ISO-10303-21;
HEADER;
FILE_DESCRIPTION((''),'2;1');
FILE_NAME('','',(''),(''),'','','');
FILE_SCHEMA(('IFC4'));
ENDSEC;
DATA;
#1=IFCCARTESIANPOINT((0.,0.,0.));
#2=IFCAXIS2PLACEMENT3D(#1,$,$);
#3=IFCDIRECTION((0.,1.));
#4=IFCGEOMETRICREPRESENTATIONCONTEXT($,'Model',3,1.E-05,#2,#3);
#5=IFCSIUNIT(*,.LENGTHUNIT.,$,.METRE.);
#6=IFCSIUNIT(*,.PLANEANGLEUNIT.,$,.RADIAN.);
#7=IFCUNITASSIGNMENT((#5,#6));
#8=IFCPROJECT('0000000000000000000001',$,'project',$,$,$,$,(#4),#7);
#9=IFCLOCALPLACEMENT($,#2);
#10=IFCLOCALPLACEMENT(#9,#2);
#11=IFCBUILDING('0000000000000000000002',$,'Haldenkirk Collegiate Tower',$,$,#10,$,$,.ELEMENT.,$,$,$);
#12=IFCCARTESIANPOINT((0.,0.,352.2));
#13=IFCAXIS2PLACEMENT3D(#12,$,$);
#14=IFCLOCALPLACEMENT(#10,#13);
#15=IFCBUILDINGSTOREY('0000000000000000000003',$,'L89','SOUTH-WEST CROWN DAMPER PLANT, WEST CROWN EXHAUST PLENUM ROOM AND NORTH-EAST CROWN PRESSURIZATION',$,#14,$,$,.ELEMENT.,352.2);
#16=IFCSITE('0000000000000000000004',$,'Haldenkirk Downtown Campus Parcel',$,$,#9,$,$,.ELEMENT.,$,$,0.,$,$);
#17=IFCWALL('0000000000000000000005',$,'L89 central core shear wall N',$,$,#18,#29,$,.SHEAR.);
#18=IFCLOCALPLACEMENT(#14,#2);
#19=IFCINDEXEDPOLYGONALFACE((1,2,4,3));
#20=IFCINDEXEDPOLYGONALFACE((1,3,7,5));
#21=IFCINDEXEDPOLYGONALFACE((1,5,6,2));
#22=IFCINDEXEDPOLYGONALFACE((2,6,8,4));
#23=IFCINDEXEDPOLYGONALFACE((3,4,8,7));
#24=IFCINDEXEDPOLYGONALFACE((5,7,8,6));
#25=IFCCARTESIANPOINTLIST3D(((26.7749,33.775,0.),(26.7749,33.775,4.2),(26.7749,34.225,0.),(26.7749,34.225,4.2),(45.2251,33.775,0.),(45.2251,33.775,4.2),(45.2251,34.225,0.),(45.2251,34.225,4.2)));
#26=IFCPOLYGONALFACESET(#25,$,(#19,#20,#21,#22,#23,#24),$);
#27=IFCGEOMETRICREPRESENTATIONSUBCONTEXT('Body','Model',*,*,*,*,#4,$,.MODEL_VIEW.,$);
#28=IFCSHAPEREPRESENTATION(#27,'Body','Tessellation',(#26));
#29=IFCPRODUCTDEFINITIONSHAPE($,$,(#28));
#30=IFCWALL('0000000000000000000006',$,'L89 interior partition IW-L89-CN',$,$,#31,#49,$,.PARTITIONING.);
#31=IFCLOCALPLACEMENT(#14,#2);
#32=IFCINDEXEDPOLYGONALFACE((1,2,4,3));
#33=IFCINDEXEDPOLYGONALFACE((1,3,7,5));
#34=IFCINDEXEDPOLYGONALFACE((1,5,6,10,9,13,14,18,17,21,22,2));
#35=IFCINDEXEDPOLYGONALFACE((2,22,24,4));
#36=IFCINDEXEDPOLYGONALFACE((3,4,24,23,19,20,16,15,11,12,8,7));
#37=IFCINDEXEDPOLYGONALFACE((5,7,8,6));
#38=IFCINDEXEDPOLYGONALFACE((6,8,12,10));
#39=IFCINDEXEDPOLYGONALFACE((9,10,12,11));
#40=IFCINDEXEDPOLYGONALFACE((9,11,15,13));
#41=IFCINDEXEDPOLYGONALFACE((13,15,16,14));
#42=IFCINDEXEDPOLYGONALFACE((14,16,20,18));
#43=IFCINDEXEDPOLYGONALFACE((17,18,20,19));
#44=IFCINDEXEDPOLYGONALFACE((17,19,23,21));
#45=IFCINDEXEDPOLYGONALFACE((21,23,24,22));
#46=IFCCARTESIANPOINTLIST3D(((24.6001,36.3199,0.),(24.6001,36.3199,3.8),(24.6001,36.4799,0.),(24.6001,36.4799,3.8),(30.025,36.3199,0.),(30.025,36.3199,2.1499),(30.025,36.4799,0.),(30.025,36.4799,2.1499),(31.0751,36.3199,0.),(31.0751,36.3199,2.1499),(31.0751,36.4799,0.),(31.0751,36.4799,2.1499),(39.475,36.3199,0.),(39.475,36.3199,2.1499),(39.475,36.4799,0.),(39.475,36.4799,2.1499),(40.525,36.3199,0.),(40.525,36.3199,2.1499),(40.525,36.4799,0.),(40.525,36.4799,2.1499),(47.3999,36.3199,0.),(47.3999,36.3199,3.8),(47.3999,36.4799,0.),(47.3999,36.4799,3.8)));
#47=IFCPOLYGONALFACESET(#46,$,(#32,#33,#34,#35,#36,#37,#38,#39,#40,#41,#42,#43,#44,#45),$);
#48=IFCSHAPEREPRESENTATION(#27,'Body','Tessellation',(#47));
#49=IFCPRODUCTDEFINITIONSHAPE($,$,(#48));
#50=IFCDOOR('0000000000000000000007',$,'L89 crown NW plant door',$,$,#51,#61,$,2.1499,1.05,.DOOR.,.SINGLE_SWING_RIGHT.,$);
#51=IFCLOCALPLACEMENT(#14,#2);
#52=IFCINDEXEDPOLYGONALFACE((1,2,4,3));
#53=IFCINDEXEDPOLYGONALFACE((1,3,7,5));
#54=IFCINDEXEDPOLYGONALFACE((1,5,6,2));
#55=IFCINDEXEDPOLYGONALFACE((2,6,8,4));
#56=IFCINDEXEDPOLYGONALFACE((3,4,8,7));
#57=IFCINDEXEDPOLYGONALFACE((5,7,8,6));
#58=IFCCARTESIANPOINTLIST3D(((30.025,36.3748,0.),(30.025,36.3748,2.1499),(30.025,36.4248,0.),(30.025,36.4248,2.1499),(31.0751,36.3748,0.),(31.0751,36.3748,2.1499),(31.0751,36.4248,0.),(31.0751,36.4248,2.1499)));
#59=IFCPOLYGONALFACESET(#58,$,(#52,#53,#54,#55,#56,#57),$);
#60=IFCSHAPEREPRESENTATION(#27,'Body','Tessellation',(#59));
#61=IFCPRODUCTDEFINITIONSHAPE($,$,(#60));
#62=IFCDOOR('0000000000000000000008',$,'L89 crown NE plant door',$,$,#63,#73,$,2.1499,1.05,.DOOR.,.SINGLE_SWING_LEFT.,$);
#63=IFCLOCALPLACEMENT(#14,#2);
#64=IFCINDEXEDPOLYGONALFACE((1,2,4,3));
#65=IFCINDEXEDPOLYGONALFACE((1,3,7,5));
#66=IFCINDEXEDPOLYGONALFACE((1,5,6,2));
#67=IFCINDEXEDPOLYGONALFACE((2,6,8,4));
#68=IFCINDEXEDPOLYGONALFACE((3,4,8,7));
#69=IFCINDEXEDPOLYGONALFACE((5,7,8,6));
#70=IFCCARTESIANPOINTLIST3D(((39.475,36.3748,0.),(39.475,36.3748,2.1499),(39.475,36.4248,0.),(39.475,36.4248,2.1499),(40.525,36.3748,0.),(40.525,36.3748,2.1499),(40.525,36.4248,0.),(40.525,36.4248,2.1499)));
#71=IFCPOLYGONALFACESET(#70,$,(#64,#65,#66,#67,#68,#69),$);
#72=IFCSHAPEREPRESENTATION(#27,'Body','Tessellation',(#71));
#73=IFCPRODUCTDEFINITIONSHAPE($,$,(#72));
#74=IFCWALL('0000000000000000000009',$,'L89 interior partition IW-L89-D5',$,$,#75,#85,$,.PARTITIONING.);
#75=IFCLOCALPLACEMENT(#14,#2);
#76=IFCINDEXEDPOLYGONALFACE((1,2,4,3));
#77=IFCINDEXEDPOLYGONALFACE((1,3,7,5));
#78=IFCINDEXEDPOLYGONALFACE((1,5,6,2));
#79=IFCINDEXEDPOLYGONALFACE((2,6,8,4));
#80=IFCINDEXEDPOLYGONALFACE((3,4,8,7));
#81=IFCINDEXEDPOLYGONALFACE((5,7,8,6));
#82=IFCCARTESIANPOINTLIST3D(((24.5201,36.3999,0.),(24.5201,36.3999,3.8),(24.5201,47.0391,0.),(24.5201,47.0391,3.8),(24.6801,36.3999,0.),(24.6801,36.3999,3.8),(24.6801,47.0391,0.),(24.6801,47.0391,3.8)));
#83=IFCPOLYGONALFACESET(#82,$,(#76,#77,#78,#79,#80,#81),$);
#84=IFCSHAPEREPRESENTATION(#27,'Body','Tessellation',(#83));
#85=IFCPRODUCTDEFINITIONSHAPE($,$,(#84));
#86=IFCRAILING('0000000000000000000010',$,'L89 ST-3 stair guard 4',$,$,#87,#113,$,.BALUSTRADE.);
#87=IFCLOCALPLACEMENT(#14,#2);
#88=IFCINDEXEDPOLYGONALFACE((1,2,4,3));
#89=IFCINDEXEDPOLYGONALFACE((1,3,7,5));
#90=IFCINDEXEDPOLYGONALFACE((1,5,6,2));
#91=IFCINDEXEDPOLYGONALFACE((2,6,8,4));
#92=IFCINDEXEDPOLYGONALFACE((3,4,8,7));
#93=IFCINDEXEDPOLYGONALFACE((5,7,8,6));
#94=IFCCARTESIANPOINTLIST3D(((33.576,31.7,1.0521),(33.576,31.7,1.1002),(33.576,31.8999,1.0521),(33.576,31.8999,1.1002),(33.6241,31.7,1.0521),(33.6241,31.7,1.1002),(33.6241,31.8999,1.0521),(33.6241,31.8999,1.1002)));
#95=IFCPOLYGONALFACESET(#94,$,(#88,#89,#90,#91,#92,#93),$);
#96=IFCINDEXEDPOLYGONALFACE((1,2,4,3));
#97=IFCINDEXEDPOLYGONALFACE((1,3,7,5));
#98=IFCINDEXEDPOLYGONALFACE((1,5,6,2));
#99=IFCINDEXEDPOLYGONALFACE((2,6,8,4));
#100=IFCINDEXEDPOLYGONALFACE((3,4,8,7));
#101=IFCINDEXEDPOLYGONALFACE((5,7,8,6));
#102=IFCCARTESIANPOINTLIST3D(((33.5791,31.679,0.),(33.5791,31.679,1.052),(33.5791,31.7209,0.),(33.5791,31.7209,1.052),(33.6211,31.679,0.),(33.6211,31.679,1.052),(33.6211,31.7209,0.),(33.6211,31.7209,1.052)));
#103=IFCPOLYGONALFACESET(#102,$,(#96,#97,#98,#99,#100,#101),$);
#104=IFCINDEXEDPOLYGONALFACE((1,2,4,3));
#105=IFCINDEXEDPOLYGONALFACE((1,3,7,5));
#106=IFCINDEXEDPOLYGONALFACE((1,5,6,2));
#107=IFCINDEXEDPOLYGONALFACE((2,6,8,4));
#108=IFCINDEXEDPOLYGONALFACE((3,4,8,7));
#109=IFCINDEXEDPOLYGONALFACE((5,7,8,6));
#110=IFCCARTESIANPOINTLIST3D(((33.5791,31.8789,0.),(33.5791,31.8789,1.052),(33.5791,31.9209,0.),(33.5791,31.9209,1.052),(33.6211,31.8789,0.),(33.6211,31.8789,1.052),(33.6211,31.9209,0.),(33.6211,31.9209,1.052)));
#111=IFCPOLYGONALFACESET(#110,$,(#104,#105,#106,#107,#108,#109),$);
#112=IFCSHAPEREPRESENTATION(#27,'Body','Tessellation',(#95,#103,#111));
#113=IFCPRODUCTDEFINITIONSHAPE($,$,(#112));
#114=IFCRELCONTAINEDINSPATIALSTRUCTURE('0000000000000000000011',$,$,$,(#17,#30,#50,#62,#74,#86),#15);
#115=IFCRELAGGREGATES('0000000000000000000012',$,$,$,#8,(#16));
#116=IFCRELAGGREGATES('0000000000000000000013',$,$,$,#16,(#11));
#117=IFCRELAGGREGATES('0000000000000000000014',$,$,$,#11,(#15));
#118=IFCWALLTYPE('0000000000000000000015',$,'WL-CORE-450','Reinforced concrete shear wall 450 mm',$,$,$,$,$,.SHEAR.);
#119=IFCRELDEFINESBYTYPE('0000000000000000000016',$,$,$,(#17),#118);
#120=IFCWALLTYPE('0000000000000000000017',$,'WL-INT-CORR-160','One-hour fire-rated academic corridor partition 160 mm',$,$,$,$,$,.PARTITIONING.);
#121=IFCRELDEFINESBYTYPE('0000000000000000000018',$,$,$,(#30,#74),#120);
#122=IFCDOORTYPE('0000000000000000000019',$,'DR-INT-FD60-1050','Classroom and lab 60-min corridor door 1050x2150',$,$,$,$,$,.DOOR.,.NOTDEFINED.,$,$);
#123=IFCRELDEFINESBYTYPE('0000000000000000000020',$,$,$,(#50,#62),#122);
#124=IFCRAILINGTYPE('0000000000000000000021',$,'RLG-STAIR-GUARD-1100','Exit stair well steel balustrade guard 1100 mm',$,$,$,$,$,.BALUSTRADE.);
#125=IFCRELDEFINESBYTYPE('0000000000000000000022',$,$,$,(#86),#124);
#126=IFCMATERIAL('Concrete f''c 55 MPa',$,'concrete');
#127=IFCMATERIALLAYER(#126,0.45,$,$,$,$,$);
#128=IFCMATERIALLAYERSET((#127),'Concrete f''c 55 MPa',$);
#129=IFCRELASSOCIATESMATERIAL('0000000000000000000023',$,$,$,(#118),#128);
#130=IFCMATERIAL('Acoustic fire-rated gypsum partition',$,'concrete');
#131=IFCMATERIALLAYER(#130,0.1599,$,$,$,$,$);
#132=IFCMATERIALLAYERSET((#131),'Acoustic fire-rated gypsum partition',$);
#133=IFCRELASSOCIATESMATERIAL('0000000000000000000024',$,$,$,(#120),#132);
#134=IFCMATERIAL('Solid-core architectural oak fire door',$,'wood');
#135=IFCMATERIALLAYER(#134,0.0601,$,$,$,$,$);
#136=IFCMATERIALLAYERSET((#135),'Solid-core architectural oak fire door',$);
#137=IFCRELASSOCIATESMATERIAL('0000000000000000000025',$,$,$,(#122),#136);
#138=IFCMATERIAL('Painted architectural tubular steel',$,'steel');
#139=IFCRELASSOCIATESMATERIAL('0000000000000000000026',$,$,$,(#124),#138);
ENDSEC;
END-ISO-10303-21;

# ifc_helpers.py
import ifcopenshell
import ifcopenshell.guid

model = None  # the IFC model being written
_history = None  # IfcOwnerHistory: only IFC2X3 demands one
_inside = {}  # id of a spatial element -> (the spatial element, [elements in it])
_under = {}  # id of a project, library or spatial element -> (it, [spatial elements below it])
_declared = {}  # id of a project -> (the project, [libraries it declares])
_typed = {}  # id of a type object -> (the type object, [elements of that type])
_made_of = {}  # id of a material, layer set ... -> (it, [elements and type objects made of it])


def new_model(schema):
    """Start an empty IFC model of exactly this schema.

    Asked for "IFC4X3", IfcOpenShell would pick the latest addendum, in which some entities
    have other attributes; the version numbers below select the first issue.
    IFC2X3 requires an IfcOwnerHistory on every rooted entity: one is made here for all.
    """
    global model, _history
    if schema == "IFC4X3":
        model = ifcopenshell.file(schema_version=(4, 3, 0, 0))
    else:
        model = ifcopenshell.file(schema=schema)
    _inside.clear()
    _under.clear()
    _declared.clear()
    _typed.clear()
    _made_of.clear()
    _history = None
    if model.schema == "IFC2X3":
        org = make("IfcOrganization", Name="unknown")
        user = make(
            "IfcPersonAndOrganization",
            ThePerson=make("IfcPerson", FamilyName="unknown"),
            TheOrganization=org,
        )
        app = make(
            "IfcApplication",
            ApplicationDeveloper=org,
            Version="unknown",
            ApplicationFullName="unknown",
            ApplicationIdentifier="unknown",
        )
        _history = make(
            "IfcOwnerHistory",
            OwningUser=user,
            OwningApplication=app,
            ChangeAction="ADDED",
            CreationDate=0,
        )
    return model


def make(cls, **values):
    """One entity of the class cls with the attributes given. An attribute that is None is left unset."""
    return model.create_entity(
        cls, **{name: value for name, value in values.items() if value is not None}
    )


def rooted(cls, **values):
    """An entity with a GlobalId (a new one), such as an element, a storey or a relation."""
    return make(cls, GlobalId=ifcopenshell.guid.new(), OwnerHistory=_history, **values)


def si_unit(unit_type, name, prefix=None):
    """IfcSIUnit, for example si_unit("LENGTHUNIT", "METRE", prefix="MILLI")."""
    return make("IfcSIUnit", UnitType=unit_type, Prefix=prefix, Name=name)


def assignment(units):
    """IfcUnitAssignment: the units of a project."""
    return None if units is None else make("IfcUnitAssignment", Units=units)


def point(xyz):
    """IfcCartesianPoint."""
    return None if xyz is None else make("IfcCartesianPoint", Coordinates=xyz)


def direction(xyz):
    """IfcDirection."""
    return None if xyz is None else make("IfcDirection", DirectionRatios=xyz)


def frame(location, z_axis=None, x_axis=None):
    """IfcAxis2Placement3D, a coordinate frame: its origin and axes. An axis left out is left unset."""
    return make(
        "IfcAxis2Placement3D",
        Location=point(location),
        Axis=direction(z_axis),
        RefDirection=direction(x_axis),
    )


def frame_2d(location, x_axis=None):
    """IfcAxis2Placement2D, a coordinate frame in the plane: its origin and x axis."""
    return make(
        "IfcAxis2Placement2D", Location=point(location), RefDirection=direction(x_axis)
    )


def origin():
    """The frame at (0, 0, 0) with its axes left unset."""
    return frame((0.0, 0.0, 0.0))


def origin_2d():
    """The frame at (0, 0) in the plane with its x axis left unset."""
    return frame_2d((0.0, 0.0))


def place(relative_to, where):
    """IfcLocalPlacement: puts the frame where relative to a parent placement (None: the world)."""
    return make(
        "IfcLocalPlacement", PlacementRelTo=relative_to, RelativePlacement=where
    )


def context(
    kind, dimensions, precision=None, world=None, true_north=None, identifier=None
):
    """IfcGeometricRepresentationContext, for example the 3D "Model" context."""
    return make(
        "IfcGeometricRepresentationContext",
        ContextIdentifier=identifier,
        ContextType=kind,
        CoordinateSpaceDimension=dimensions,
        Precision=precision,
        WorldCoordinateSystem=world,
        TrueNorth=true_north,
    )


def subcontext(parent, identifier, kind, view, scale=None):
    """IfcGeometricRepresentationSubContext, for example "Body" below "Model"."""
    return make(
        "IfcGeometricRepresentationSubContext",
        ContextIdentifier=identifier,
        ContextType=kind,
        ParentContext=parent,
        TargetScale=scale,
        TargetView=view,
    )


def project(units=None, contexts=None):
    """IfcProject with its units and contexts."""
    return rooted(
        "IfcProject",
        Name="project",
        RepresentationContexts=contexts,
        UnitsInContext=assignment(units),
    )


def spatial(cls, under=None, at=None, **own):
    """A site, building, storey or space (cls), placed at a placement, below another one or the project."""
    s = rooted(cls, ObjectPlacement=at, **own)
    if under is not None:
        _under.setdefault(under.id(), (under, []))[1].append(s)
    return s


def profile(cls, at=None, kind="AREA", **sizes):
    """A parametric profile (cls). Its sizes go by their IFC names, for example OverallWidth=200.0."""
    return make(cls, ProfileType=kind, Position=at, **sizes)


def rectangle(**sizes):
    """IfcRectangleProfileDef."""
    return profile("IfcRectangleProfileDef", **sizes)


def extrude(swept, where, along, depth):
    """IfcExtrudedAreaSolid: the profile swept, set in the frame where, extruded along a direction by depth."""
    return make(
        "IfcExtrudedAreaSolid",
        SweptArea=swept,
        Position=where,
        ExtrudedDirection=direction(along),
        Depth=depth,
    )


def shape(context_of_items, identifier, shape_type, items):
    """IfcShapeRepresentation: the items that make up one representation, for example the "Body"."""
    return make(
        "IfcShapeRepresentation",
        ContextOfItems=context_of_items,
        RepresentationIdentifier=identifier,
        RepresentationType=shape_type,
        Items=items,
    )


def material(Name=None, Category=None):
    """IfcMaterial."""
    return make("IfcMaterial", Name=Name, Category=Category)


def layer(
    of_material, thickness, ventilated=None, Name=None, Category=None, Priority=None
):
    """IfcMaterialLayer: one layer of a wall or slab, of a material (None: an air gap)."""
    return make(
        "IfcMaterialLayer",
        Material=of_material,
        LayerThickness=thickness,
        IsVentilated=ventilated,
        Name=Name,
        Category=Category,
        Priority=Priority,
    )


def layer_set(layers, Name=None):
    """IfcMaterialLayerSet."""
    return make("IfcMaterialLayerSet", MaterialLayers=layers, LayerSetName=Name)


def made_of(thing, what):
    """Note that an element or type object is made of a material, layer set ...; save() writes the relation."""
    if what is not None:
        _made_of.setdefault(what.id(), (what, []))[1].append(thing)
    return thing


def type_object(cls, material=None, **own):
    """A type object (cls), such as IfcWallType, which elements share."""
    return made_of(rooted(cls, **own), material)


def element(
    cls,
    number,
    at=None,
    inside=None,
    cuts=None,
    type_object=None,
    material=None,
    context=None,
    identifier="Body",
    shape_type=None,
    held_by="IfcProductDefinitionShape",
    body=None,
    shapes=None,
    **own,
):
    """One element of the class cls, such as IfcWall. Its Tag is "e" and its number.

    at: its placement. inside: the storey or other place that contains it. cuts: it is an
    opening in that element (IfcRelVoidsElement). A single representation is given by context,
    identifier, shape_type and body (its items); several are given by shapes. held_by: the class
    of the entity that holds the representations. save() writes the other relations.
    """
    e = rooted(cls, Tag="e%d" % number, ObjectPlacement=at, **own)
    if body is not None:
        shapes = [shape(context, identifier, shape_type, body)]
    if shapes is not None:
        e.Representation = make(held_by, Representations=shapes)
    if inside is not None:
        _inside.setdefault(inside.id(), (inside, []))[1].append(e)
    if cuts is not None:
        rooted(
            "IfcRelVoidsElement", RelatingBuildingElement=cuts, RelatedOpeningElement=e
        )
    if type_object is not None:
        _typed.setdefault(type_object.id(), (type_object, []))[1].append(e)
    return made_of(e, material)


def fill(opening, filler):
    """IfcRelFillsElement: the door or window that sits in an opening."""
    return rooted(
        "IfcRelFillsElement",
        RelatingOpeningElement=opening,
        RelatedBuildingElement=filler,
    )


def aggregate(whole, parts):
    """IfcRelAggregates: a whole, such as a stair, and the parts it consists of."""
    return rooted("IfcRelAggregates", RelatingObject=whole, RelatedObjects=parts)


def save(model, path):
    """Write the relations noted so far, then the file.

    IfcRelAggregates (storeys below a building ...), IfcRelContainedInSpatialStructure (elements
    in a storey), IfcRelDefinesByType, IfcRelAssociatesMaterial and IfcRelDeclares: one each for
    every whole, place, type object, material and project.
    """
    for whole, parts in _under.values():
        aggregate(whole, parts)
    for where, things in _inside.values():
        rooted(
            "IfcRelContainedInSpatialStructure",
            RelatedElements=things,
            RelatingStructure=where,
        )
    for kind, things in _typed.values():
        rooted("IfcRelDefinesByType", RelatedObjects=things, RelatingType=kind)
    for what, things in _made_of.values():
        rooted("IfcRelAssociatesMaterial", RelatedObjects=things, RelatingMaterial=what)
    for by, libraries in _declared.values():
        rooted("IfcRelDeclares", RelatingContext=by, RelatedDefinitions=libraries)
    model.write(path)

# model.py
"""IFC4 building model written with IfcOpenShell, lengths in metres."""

from ifc_helpers import new_model, si_unit, direction, frame, frame_2d, origin, origin_2d, place, context, subcontext, project, spatial, rectangle, extrude, material, layer, layer_set, type_object, element, fill, save


model = new_model("IFC4")

# Units and contexts
model_context = context("Model", 3, precision=1e-05, world=origin(), true_north=direction((0.0, 1.0)))
body_context = subcontext(model_context, "Body", "Model", "MODEL_VIEW")
ifc_project = project(units=[si_unit("LENGTHUNIT", "METRE"), si_unit("PLANEANGLEUNIT", "RADIAN")], contexts=[model_context])

# Site, building, storey
site_placement = place(None, origin())
site = spatial("IfcSite", under=ifc_project, at=site_placement, Name="Haldenkirk Downtown Campus Parcel", CompositionType="ELEMENT", RefElevation=0.0)
building_placement = place(site_placement, origin())
building = spatial("IfcBuilding", under=site, at=building_placement, Name="Haldenkirk Collegiate Tower", CompositionType="ELEMENT")
storey_placement = place(building_placement, frame((0.0, 0.0, 352.2)))
storey = spatial("IfcBuildingStorey", under=building, at=storey_placement, Name="L89", Description="SOUTH-WEST CROWN DAMPER PLANT, WEST CROWN EXHAUST PLENUM ROOM AND NORTH-EAST CROWN PRESSURIZATION", CompositionType="ELEMENT", Elevation=352.2)

# Wall
ifc_material_1 = material(Name="Concrete f'c 55 MPa", Category="concrete")
ifc_layer_1 = layer(ifc_material_1, 0.45)
ifc_layer_set_1 = layer_set([ifc_layer_1], Name="Concrete f'c 55 MPa")
wall_type_1 = type_object("IfcWallType", Name="WL-CORE-450", Description="Reinforced concrete shear wall 450 mm", PredefinedType="SHEAR", material=ifc_layer_set_1)
wall_1_placement = place(storey_placement, frame((26.7749, 34.0, 0.0), z_axis=(0.0, 0.0, 1.0), x_axis=(1.0, 0.0, 0.0)))
element("IfcWall", 1, at=wall_1_placement, inside=storey, type_object=wall_type_1, Name="L89 central core shear wall N", PredefinedType="SHEAR", context=body_context, shape_type="SweptSolid", body=[
    extrude(rectangle(XDim=18.4502, YDim=0.45, at=frame_2d((9.2251, 0.0))), origin(), (0.0, 0.0, 1.0), 4.2),
])

# Wall, openings, doors
ifc_material_2 = material(Name="Acoustic fire-rated gypsum partition", Category="concrete")
ifc_layer_2 = layer(ifc_material_2, 0.1599)
ifc_layer_set_2 = layer_set([ifc_layer_2], Name="Acoustic fire-rated gypsum partition")
wall_type_2 = type_object("IfcWallType", Name="WL-INT-CORR-160", Description="One-hour fire-rated academic corridor partition 160 mm", PredefinedType="PARTITIONING", material=ifc_layer_set_2)
wall_2_placement = place(storey_placement, frame((24.6001, 36.3999, 0.0), z_axis=(0.0, 0.0, 1.0), x_axis=(1.0, 0.0, 0.0)))
wall_2 = element("IfcWall", 2, at=wall_2_placement, inside=storey, type_object=wall_type_2, Name="L89 interior partition IW-L89-CN", PredefinedType="PARTITIONING", context=body_context, shape_type="SweptSolid", body=[
    extrude(rectangle(XDim=22.7998, YDim=0.1599, at=frame_2d((11.3999, 0.0))), origin(), (0.0, 0.0, 1.0), 3.8),
])
opening_1_placement = place(wall_2_placement, frame((5.425, 0.0, 0.0)))
opening_1 = element("IfcOpeningElement", 3, at=opening_1_placement, cuts=wall_2, PredefinedType="OPENING", context=body_context, shape_type="SweptSolid", body=[
    extrude(rectangle(XDim=1.05, YDim=2.1499, at=frame_2d((0.5249, 1.075))), frame((0.0, 0.0898, 0.0), z_axis=(0.0, -1.0, 0.0), x_axis=(1.0, 0.0, 0.0)), (0.0, 0.0, 1.0), 0.1799),
])
opening_2_placement = place(wall_2_placement, frame((14.875, 0.0, 0.0)))
opening_2 = element("IfcOpeningElement", 4, at=opening_2_placement, cuts=wall_2, PredefinedType="OPENING", context=body_context, shape_type="SweptSolid", body=[
    extrude(rectangle(XDim=1.05, YDim=2.1499, at=frame_2d((0.5249, 1.075))), frame((0.0, 0.0898, 0.0), z_axis=(0.0, -1.0, 0.0), x_axis=(1.0, 0.0, 0.0)), (0.0, 0.0, 1.0), 0.1799),
])
ifc_material_3 = material(Name="Solid-core architectural oak fire door", Category="wood")
ifc_layer_3 = layer(ifc_material_3, 0.0601)
ifc_layer_set_3 = layer_set([ifc_layer_3], Name="Solid-core architectural oak fire door")
door_type = type_object("IfcDoorType", Name="DR-INT-FD60-1050", Description="Classroom and lab 60-min corridor door 1050x2150", OperationType="NOTDEFINED", PredefinedType="DOOR", material=ifc_layer_set_3)
door_1_placement = place(opening_1_placement, origin())
door_1 = element("IfcDoor", 5, at=door_1_placement, inside=storey, type_object=door_type, Name="L89 crown NW plant door", OperationType="SINGLE_SWING_RIGHT", OverallHeight=2.1499, OverallWidth=1.05, PredefinedType="DOOR", context=body_context, shape_type="SweptSolid", body=[
    extrude(rectangle(XDim=1.05, YDim=2.1499, at=frame_2d((0.5249, 1.075))), frame((0.0, 0.0249, 0.0), z_axis=(0.0, -1.0, 0.0), x_axis=(1.0, 0.0, 0.0)), (0.0, 0.0, 1.0), 0.05),
])
fill(opening_1, door_1)
door_2_placement = place(opening_2_placement, origin())
door_2 = element("IfcDoor", 6, at=door_2_placement, inside=storey, type_object=door_type, Name="L89 crown NE plant door", OperationType="SINGLE_SWING_LEFT", OverallHeight=2.1499, OverallWidth=1.05, PredefinedType="DOOR", context=body_context, shape_type="SweptSolid", body=[
    extrude(rectangle(XDim=1.05, YDim=2.1499, at=frame_2d((0.5249, 1.075))), frame((0.0, 0.0249, 0.0), z_axis=(0.0, -1.0, 0.0), x_axis=(1.0, 0.0, 0.0)), (0.0, 0.0, 1.0), 0.05),
])
fill(opening_2, door_2)

# Wall
wall_3_placement = place(storey_placement, frame((24.6001, 36.3999, 0.0), z_axis=(0.0, 0.0, 1.0), x_axis=(0.0, 1.0, 0.0)))
element("IfcWall", 7, at=wall_3_placement, inside=storey, type_object=wall_type_2, Name="L89 interior partition IW-L89-D5", PredefinedType="PARTITIONING", context=body_context, shape_type="SweptSolid", body=[
    extrude(rectangle(XDim=10.6392, YDim=0.1599, at=frame_2d((5.3196, 0.0))), origin(), (0.0, 0.0, 1.0), 3.8),
])

# Railing
ifc_material_4 = material(Name="Painted architectural tubular steel", Category="steel")
railing_type = type_object("IfcRailingType", Name="RLG-STAIR-GUARD-1100", Description="Exit stair well steel balustrade guard 1100 mm", PredefinedType="BALUSTRADE", material=ifc_material_4)
railing_placement = place(storey_placement, frame((33.6001, 31.7, 0.0)))
element("IfcRailing", 8, at=railing_placement, inside=storey, type_object=railing_type, Name="L89 ST-3 stair guard 4", PredefinedType="BALUSTRADE", context=body_context, shape_type="SweptSolid", body=[
    extrude(rectangle(XDim=0.0481, YDim=0.0481, at=origin_2d()), frame((0.0, 0.0, 1.0762), z_axis=(0.0, 1.0, 0.0), x_axis=(-1.0, 0.0, 0.0)), (0.0, 0.0, 1.0), 0.2),
    extrude(rectangle(XDim=0.042, YDim=0.042, at=origin_2d()), origin(), (0.0, 0.0, 1.0), 1.052),
    extrude(rectangle(XDim=0.042, YDim=0.042, at=origin_2d()), frame((0.0, 0.2, 0.0)), (0.0, 0.0, 1.0), 1.052),
])

save(model, "model.ifc")
